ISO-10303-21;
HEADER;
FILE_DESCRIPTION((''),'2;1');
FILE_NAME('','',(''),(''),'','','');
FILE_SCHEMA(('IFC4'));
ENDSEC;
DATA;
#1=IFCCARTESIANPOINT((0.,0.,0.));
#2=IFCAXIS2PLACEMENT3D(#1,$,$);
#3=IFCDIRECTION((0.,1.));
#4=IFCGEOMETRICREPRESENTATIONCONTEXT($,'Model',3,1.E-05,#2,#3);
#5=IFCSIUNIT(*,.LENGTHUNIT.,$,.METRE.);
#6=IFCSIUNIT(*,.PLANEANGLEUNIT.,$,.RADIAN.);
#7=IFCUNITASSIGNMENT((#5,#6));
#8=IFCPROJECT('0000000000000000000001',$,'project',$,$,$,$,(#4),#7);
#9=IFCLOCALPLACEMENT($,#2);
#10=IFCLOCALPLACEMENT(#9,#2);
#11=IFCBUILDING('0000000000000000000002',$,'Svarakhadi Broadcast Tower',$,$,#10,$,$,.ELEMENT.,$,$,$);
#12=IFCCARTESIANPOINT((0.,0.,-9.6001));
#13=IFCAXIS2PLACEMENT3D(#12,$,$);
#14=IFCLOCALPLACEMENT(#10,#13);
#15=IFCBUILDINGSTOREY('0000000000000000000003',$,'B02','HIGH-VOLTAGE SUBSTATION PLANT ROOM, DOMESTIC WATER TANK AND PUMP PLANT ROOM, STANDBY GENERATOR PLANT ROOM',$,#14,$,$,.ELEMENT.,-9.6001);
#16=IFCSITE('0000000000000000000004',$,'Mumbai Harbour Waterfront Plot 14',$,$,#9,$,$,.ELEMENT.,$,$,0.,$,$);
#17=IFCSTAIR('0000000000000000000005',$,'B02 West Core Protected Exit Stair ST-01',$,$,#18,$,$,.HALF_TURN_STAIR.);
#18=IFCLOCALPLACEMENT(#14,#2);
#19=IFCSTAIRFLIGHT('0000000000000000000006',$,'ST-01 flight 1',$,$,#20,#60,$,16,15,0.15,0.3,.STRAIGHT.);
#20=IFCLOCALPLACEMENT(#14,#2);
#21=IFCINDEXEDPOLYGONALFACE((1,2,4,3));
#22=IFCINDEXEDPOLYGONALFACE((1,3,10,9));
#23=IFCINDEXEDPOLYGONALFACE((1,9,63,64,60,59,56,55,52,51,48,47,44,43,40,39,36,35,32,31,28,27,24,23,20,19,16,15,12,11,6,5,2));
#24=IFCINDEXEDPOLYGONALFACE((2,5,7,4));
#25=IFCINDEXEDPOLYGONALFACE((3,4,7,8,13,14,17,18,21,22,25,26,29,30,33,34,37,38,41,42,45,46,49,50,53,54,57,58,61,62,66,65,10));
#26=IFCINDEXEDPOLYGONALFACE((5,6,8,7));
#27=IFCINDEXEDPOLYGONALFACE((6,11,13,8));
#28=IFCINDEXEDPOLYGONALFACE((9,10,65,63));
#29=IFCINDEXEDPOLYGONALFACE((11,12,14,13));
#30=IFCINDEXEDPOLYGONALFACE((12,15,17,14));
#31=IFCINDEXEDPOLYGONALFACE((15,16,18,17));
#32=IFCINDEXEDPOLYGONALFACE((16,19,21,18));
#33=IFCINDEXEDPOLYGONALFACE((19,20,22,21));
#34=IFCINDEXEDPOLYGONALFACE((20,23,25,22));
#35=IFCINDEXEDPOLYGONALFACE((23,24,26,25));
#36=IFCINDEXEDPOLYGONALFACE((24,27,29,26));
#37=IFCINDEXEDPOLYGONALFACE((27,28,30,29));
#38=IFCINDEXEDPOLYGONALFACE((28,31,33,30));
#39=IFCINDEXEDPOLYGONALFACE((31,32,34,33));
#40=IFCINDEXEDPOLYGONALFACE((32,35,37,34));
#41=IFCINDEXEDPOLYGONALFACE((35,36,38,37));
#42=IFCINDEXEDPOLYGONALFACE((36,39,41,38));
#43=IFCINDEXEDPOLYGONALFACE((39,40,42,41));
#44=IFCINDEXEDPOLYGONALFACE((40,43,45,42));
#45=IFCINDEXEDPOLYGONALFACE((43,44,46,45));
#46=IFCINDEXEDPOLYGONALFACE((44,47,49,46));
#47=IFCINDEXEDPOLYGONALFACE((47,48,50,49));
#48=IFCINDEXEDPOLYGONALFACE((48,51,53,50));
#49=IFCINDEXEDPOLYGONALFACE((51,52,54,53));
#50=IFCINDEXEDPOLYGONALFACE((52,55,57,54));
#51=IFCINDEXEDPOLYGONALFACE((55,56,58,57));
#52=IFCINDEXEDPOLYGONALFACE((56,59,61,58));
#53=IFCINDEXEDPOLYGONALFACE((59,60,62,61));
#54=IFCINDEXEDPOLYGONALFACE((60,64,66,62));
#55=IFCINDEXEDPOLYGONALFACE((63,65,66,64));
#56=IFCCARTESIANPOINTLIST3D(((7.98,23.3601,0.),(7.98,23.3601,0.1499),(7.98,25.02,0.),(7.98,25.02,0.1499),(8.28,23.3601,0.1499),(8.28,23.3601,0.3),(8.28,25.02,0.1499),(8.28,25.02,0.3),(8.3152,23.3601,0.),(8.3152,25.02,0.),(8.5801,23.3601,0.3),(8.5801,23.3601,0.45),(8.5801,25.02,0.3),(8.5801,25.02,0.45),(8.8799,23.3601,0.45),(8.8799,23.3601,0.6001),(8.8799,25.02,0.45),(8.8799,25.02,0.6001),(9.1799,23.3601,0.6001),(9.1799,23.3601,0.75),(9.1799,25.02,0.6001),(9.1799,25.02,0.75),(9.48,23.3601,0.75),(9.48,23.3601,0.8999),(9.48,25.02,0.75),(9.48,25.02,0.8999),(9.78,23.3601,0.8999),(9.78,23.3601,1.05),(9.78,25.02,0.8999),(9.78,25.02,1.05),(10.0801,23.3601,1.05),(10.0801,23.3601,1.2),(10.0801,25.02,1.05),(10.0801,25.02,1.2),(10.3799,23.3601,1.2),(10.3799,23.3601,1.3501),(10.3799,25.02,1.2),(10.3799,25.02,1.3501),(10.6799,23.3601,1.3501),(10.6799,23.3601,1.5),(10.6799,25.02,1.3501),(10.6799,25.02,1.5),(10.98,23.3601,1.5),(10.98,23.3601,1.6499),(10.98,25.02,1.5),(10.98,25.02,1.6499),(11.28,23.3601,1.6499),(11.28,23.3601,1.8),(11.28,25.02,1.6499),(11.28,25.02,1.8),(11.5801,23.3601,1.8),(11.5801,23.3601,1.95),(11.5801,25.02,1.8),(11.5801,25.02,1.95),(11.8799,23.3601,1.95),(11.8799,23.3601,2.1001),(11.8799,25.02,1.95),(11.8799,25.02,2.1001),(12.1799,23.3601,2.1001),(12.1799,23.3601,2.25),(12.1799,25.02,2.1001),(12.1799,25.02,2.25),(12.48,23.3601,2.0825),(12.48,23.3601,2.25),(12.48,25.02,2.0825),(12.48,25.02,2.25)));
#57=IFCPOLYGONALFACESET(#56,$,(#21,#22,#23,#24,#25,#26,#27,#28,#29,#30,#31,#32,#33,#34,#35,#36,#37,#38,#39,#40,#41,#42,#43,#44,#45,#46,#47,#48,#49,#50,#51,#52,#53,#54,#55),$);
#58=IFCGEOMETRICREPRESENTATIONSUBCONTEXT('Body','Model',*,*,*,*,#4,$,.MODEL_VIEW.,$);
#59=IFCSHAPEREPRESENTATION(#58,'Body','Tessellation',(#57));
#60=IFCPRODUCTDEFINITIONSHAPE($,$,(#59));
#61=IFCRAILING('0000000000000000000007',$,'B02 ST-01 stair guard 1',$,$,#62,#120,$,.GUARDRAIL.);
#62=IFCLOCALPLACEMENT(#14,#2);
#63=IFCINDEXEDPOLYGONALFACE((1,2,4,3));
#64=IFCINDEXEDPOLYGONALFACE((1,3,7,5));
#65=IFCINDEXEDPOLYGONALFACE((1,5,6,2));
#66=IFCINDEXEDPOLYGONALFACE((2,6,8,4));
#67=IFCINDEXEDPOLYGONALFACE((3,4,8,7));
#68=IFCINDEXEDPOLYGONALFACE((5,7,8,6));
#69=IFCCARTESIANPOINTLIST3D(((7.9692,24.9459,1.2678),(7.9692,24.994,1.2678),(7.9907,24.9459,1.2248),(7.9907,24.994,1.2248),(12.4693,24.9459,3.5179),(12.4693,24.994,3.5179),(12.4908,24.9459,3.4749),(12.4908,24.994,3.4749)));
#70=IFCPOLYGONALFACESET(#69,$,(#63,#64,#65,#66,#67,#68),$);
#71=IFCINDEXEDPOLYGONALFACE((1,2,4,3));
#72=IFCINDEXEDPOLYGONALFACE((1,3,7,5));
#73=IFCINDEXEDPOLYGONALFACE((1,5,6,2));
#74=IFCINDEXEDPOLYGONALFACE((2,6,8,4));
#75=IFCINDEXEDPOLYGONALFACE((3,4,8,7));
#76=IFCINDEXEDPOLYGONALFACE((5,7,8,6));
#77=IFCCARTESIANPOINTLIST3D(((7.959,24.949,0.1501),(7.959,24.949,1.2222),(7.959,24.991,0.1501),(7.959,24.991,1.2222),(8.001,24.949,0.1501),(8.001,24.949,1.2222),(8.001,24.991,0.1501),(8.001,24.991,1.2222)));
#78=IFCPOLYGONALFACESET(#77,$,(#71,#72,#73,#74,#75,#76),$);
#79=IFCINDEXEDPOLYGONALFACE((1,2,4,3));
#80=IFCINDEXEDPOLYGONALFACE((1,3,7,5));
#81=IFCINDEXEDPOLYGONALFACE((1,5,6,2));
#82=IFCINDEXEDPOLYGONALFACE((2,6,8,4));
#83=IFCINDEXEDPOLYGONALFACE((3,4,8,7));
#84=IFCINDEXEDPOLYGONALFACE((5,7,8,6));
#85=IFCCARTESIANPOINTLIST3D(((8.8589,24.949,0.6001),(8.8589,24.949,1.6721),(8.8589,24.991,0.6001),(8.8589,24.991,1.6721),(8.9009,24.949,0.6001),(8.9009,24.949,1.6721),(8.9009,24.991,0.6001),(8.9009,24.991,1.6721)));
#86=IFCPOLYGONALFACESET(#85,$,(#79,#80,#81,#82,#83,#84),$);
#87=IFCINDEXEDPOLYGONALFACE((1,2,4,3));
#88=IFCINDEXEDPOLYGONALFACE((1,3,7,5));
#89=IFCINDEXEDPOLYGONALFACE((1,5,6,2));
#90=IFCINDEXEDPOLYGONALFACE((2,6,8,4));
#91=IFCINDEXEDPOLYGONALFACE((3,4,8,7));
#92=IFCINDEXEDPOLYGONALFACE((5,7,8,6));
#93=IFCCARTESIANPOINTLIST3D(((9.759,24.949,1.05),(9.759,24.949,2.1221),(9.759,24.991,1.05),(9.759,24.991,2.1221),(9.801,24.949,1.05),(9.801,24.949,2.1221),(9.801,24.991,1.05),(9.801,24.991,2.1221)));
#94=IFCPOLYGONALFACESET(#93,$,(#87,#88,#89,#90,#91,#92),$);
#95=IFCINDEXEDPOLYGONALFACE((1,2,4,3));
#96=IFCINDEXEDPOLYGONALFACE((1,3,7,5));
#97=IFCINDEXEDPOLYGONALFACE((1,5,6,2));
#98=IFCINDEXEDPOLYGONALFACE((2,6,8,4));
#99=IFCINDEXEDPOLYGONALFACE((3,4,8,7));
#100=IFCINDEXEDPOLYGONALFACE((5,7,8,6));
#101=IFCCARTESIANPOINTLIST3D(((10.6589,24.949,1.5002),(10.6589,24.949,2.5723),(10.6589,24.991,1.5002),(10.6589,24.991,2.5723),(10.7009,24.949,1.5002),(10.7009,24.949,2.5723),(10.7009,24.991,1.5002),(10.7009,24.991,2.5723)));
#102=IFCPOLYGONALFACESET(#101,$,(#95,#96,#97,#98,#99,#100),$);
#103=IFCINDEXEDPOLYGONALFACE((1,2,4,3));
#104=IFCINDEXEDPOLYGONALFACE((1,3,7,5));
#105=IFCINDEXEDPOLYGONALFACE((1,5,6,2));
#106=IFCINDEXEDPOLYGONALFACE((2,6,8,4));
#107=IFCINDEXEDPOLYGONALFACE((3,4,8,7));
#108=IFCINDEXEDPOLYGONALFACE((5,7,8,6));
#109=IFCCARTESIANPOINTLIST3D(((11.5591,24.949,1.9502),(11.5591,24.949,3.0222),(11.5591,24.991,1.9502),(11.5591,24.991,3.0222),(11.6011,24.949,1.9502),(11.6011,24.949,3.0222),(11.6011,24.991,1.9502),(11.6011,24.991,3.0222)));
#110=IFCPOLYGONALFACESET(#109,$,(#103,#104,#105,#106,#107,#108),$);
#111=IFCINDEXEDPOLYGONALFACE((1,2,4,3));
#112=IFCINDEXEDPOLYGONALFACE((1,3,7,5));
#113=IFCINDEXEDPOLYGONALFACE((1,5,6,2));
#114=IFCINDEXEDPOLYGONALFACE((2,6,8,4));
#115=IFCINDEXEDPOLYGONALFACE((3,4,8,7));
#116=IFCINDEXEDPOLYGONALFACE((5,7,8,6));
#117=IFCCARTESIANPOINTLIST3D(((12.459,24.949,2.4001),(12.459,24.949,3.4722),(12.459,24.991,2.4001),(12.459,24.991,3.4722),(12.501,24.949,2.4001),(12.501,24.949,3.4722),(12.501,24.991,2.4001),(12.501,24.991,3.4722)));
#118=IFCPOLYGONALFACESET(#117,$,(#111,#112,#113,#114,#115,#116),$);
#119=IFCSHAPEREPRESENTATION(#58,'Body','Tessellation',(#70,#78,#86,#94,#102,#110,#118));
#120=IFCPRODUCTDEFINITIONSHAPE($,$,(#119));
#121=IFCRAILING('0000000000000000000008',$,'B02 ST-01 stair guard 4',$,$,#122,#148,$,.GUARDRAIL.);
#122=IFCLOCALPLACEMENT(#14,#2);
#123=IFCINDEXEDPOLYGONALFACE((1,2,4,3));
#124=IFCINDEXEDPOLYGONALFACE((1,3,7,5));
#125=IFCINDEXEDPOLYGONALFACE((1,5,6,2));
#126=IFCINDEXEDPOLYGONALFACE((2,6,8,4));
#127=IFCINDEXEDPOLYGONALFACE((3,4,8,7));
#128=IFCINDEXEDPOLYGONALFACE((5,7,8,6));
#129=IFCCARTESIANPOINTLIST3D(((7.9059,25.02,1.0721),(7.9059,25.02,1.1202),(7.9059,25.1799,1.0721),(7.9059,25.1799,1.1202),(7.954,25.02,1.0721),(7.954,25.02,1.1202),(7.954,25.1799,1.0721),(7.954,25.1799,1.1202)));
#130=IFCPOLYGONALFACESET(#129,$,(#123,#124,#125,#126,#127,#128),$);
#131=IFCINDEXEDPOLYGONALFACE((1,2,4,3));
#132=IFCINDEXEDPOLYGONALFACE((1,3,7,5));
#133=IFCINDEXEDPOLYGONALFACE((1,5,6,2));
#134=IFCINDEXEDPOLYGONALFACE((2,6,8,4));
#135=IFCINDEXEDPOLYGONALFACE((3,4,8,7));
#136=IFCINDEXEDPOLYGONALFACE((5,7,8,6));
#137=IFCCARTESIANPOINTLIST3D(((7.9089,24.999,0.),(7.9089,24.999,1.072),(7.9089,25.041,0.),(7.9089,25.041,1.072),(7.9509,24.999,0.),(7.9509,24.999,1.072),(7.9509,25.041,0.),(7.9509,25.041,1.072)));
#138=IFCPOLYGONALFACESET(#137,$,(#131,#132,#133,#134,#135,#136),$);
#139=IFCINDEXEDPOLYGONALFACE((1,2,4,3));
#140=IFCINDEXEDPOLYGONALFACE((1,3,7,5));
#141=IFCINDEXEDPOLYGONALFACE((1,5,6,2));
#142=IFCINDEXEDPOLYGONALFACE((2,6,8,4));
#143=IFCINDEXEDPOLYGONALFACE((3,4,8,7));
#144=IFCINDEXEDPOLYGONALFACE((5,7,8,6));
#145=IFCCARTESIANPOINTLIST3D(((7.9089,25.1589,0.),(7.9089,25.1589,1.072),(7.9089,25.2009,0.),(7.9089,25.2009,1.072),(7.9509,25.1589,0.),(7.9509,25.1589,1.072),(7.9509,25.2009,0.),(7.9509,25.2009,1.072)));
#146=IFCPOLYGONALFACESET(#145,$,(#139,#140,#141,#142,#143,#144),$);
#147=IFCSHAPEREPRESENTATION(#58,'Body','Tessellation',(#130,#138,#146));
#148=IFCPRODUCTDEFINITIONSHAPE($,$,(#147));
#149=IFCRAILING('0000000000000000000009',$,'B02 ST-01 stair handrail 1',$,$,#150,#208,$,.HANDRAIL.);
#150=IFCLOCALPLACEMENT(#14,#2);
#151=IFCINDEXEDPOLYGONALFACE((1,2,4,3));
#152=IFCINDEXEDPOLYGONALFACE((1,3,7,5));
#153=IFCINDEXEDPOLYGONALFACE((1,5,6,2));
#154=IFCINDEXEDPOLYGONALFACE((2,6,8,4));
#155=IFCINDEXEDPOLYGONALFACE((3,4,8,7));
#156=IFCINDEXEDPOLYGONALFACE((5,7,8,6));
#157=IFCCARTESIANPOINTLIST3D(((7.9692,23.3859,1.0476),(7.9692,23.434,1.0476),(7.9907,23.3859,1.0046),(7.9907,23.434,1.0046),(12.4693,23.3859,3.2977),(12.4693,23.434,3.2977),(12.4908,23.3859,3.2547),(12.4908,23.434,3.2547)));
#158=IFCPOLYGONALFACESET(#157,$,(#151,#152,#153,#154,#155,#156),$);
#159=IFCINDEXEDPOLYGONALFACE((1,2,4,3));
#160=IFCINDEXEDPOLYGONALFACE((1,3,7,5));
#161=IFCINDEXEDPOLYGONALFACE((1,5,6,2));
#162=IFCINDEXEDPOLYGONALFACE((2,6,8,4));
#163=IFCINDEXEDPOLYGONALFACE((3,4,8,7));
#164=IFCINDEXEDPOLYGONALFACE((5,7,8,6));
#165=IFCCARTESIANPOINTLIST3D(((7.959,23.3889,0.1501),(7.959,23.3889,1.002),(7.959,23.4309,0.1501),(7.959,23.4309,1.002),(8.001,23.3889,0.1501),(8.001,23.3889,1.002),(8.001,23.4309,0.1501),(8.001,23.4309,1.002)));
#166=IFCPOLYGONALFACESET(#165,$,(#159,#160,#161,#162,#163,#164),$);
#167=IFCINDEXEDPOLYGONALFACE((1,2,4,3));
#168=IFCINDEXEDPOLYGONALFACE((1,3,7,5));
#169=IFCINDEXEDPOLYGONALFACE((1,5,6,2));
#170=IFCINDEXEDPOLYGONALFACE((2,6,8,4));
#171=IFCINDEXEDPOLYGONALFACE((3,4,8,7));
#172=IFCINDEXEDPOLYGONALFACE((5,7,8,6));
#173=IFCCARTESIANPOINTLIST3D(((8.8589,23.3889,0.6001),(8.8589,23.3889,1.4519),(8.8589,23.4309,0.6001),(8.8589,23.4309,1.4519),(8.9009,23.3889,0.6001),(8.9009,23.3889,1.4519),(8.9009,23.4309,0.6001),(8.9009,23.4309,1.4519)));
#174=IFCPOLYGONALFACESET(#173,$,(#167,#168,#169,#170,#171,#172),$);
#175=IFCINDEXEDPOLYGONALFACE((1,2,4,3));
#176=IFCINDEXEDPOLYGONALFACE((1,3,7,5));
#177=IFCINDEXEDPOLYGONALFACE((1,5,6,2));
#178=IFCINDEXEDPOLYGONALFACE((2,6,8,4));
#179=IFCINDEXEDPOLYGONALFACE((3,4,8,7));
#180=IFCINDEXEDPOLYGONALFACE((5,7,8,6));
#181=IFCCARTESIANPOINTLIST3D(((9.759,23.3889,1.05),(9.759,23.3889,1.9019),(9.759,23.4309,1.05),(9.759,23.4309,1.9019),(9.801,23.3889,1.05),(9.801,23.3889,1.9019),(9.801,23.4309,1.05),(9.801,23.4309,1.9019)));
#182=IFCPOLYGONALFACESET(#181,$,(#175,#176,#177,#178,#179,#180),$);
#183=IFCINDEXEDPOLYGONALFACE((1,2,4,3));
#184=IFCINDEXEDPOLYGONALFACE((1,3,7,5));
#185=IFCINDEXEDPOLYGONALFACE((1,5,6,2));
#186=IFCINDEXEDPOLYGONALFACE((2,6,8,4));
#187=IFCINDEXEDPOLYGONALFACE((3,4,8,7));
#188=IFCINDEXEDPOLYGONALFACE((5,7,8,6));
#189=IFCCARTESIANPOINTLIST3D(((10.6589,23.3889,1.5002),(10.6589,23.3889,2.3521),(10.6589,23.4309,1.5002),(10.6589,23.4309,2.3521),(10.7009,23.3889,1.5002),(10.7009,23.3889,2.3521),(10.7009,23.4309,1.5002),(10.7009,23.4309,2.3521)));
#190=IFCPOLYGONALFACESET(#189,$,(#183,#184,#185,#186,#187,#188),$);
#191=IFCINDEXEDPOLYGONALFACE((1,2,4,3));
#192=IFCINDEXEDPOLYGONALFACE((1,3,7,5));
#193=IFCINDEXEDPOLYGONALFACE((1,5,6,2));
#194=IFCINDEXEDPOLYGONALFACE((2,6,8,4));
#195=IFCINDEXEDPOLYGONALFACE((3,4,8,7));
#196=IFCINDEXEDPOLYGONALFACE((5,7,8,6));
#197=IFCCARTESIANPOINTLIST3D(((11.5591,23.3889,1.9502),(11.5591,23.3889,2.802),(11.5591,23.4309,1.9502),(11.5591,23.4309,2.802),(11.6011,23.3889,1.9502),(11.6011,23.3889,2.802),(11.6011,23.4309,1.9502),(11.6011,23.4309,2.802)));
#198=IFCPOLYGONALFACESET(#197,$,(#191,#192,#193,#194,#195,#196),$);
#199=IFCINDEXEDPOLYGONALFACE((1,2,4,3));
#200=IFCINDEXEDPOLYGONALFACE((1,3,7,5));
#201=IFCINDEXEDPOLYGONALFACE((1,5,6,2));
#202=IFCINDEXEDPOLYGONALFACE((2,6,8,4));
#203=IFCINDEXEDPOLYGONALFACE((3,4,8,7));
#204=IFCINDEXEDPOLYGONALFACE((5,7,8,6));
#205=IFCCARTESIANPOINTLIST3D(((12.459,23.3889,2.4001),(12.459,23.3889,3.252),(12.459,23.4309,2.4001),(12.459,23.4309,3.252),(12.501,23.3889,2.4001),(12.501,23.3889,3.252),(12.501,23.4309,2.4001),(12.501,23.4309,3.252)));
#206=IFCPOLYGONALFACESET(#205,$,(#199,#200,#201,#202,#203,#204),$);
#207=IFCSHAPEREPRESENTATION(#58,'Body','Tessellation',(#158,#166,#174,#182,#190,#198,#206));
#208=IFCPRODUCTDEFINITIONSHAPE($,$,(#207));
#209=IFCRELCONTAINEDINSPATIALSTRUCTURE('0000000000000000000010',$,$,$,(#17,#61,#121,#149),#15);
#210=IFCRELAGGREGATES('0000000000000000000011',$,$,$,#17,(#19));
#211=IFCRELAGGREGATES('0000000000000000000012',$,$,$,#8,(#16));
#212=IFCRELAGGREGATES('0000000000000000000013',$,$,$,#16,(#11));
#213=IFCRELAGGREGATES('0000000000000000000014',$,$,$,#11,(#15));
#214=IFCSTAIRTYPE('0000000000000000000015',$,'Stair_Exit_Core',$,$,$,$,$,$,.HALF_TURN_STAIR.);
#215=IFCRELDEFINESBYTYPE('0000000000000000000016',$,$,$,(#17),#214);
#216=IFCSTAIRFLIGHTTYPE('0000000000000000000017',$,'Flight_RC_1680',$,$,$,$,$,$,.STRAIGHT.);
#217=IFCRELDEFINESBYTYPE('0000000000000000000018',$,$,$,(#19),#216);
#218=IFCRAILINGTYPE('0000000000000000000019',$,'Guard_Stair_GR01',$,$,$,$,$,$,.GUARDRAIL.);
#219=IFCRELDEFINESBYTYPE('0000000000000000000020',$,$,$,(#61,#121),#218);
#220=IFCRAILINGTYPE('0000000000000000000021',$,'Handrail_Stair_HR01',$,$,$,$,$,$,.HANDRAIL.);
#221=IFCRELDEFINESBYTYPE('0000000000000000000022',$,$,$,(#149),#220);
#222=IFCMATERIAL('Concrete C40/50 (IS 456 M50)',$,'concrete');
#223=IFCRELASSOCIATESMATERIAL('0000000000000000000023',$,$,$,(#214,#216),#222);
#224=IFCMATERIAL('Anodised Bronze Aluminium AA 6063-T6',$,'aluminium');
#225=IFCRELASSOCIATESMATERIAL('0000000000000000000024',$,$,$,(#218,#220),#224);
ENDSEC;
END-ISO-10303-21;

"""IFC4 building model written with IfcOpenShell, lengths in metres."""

from ifc_helpers import new_model, si_unit, direction, frame, origin, origin_2d, place, context, subcontext, project, spatial, polyline, rectangle, outline, extrude, material, type_object, element, aggregate, save


model = new_model("IFC4")

# Units and contexts
model_context = context("Model", 3, precision=1e-05, world=origin(), true_north=direction((0.0, 1.0)))
body_context = subcontext(model_context, "Body", "Model", "MODEL_VIEW")
ifc_project = project(units=[si_unit("LENGTHUNIT", "METRE"), si_unit("PLANEANGLEUNIT", "RADIAN")], contexts=[model_context])

# Site, building, storey
site_placement = place(None, origin())
site = spatial("IfcSite", under=ifc_project, at=site_placement, Name="Mumbai Harbour Waterfront Plot 14", CompositionType="ELEMENT", RefElevation=0.0)
building_placement = place(site_placement, origin())
building = spatial("IfcBuilding", under=site, at=building_placement, Name="Svarakhadi Broadcast Tower", CompositionType="ELEMENT")
storey_placement = place(building_placement, frame((0.0, 0.0, -9.6001)))
storey = spatial("IfcBuildingStorey", under=building, at=storey_placement, Name="B02", Description="HIGH-VOLTAGE SUBSTATION PLANT ROOM, DOMESTIC WATER TANK AND PUMP PLANT ROOM, STANDBY GENERATOR PLANT ROOM", CompositionType="ELEMENT", Elevation=-9.6001)

# Shared definitions
ifc_material_1 = material(Name="Concrete C40/50 (IS 456 M50)", Category="concrete")

# Stair, stair flight
stair_type = type_object("IfcStairType", Name="Stair_Exit_Core", PredefinedType="HALF_TURN_STAIR", material=ifc_material_1)
stair_placement = place(storey_placement, origin())
stair = element("IfcStair", 1, at=stair_placement, inside=storey, type_object=stair_type, Name="B02 West Core Protected Exit Stair ST-01", PredefinedType="HALF_TURN_STAIR")
stair_flight_type = type_object("IfcStairFlightType", Name="Flight_RC_1680", PredefinedType="STRAIGHT", material=ifc_material_1)
stair_flight_placement = place(storey_placement, frame((7.98, 24.1899, 0.0), z_axis=(0.0, 0.0, 1.0), x_axis=(1.0, 0.0, 0.0)))
stair_flight = element("IfcStairFlight", 2, at=stair_flight_placement, type_object=stair_flight_type, Name="ST-01 flight 1", NumberOfRisers=16, NumberOfTreads=15, PredefinedType="STRAIGHT", RiserHeight=0.15, TreadLength=0.3, context=body_context, shape_type="SweptSolid", body=[
    extrude(outline(polyline([(0.0, 0.0), (0.0, 0.1499), (0.3, 0.1499), (0.3, 0.3), (0.6001, 0.3), (0.6001, 0.45), (0.8999, 0.45), (0.8999, 0.6001), (1.2, 0.6001), (1.2, 0.75), (1.5, 0.75), (1.5, 0.8999), (1.8, 0.8999), (1.8, 1.05), (2.1001, 1.05), (2.1001, 1.2), (2.3999, 1.2), (2.3999, 1.3501), (2.7, 1.3501), (2.7, 1.5), (3.0, 1.5), (3.0, 1.6499), (3.3, 1.6499), (3.3, 1.8), (3.6001, 1.8), (3.6001, 1.95), (3.8999, 1.95), (3.8999, 2.1001), (4.2, 2.1001), (4.2, 2.25), (4.5, 2.25), (4.5, 2.3999), (4.5, 2.0825), (0.3352, 0.0), (0.0, 0.0)])), frame((0.0, 0.8301, 0.0), z_axis=(0.0, -1.0, 0.0), x_axis=(1.0, 0.0, 0.0)), (0.0, 0.0, 1.0), 1.6599),
])
aggregate(stair, [stair_flight])

# Railings
ifc_material_2 = material(Name="Anodised Bronze Aluminium AA 6063-T6", Category="aluminium")
railing_type_1 = type_object("IfcRailingType", Name="Guard_Stair_GR01", PredefinedType="GUARDRAIL", material=ifc_material_2)
railing_1_placement = place(storey_placement, frame((7.98, 24.97, 0.1501)))
element("IfcRailing", 3, at=railing_1_placement, inside=storey, type_object=railing_type_1, Name="B02 ST-01 stair guard 1", PredefinedType="GUARDRAIL", context=body_context, shape_type="SweptSolid", body=[
    extrude(rectangle(XDim=0.0481, YDim=0.0481, at=origin_2d()), frame((0.0, 0.0, 1.0962), z_axis=(0.894427, 0.0, 0.447214), x_axis=(0.0, 1.0, 0.0)), (0.0, 0.0, 1.0), 5.0312),
    extrude(rectangle(XDim=0.042, YDim=0.042, at=origin_2d()), origin(), (0.0, 0.0, 1.0), 1.072),
    extrude(rectangle(XDim=0.042, YDim=0.042, at=origin_2d()), frame((0.8999, 0.0, 0.45)), (0.0, 0.0, 1.0), 1.072),
    extrude(rectangle(XDim=0.042, YDim=0.042, at=origin_2d()), frame((1.8, 0.0, 0.8999)), (0.0, 0.0, 1.0), 1.072),
    extrude(rectangle(XDim=0.042, YDim=0.042, at=origin_2d()), frame((2.7, 0.0, 1.3501)), (0.0, 0.0, 1.0), 1.072),
    extrude(rectangle(XDim=0.042, YDim=0.042, at=origin_2d()), frame((3.6001, 0.0, 1.8)), (0.0, 0.0, 1.0), 1.072),
    extrude(rectangle(XDim=0.042, YDim=0.042, at=origin_2d()), frame((4.5, 0.0, 2.25)), (0.0, 0.0, 1.0), 1.072),
])
railing_2_placement = place(storey_placement, frame((7.9299, 25.02, 0.0)))
element("IfcRailing", 4, at=railing_2_placement, inside=storey, type_object=railing_type_1, Name="B02 ST-01 stair guard 4", PredefinedType="GUARDRAIL", context=body_context, shape_type="SweptSolid", body=[
    extrude(rectangle(XDim=0.0481, YDim=0.0481, at=origin_2d()), frame((0.0, 0.0, 1.0962), z_axis=(0.0, 1.0, 0.0), x_axis=(-1.0, 0.0, 0.0)), (0.0, 0.0, 1.0), 0.1599),
    extrude(rectangle(XDim=0.042, YDim=0.042, at=origin_2d()), origin(), (0.0, 0.0, 1.0), 1.072),
    extrude(rectangle(XDim=0.042, YDim=0.042, at=origin_2d()), frame((0.0, 0.1599, 0.0)), (0.0, 0.0, 1.0), 1.072),
])
railing_type_2 = type_object("IfcRailingType", Name="Handrail_Stair_HR01", PredefinedType="HANDRAIL", material=ifc_material_2)
railing_3_placement = place(storey_placement, frame((7.98, 23.4099, 0.1501)))
element("IfcRailing", 5, at=railing_3_placement, inside=storey, type_object=railing_type_2, Name="B02 ST-01 stair handrail 1", PredefinedType="HANDRAIL", context=body_context, shape_type="SweptSolid", body=[
    extrude(rectangle(XDim=0.0481, YDim=0.0481, at=origin_2d()), frame((0.0, 0.0, 0.876), z_axis=(0.894427, 0.0, 0.447214), x_axis=(0.0, 1.0, 0.0)), (0.0, 0.0, 1.0), 5.0312),
    extrude(rectangle(XDim=0.042, YDim=0.042, at=origin_2d()), origin(), (0.0, 0.0, 1.0), 0.8518),
    extrude(rectangle(XDim=0.042, YDim=0.042, at=origin_2d()), frame((0.8999, 0.0, 0.45)), (0.0, 0.0, 1.0), 0.8518),
    extrude(rectangle(XDim=0.042, YDim=0.042, at=origin_2d()), frame((1.8, 0.0, 0.8999)), (0.0, 0.0, 1.0), 0.8518),
    extrude(rectangle(XDim=0.042, YDim=0.042, at=origin_2d()), frame((2.7, 0.0, 1.3501)), (0.0, 0.0, 1.0), 0.8518),
    extrude(rectangle(XDim=0.042, YDim=0.042, at=origin_2d()), frame((3.6001, 0.0, 1.8)), (0.0, 0.0, 1.0), 0.8518),
    extrude(rectangle(XDim=0.042, YDim=0.042, at=origin_2d()), frame((4.5, 0.0, 2.25)), (0.0, 0.0, 1.0), 0.8518),
])

save(model, "model.ifc")
